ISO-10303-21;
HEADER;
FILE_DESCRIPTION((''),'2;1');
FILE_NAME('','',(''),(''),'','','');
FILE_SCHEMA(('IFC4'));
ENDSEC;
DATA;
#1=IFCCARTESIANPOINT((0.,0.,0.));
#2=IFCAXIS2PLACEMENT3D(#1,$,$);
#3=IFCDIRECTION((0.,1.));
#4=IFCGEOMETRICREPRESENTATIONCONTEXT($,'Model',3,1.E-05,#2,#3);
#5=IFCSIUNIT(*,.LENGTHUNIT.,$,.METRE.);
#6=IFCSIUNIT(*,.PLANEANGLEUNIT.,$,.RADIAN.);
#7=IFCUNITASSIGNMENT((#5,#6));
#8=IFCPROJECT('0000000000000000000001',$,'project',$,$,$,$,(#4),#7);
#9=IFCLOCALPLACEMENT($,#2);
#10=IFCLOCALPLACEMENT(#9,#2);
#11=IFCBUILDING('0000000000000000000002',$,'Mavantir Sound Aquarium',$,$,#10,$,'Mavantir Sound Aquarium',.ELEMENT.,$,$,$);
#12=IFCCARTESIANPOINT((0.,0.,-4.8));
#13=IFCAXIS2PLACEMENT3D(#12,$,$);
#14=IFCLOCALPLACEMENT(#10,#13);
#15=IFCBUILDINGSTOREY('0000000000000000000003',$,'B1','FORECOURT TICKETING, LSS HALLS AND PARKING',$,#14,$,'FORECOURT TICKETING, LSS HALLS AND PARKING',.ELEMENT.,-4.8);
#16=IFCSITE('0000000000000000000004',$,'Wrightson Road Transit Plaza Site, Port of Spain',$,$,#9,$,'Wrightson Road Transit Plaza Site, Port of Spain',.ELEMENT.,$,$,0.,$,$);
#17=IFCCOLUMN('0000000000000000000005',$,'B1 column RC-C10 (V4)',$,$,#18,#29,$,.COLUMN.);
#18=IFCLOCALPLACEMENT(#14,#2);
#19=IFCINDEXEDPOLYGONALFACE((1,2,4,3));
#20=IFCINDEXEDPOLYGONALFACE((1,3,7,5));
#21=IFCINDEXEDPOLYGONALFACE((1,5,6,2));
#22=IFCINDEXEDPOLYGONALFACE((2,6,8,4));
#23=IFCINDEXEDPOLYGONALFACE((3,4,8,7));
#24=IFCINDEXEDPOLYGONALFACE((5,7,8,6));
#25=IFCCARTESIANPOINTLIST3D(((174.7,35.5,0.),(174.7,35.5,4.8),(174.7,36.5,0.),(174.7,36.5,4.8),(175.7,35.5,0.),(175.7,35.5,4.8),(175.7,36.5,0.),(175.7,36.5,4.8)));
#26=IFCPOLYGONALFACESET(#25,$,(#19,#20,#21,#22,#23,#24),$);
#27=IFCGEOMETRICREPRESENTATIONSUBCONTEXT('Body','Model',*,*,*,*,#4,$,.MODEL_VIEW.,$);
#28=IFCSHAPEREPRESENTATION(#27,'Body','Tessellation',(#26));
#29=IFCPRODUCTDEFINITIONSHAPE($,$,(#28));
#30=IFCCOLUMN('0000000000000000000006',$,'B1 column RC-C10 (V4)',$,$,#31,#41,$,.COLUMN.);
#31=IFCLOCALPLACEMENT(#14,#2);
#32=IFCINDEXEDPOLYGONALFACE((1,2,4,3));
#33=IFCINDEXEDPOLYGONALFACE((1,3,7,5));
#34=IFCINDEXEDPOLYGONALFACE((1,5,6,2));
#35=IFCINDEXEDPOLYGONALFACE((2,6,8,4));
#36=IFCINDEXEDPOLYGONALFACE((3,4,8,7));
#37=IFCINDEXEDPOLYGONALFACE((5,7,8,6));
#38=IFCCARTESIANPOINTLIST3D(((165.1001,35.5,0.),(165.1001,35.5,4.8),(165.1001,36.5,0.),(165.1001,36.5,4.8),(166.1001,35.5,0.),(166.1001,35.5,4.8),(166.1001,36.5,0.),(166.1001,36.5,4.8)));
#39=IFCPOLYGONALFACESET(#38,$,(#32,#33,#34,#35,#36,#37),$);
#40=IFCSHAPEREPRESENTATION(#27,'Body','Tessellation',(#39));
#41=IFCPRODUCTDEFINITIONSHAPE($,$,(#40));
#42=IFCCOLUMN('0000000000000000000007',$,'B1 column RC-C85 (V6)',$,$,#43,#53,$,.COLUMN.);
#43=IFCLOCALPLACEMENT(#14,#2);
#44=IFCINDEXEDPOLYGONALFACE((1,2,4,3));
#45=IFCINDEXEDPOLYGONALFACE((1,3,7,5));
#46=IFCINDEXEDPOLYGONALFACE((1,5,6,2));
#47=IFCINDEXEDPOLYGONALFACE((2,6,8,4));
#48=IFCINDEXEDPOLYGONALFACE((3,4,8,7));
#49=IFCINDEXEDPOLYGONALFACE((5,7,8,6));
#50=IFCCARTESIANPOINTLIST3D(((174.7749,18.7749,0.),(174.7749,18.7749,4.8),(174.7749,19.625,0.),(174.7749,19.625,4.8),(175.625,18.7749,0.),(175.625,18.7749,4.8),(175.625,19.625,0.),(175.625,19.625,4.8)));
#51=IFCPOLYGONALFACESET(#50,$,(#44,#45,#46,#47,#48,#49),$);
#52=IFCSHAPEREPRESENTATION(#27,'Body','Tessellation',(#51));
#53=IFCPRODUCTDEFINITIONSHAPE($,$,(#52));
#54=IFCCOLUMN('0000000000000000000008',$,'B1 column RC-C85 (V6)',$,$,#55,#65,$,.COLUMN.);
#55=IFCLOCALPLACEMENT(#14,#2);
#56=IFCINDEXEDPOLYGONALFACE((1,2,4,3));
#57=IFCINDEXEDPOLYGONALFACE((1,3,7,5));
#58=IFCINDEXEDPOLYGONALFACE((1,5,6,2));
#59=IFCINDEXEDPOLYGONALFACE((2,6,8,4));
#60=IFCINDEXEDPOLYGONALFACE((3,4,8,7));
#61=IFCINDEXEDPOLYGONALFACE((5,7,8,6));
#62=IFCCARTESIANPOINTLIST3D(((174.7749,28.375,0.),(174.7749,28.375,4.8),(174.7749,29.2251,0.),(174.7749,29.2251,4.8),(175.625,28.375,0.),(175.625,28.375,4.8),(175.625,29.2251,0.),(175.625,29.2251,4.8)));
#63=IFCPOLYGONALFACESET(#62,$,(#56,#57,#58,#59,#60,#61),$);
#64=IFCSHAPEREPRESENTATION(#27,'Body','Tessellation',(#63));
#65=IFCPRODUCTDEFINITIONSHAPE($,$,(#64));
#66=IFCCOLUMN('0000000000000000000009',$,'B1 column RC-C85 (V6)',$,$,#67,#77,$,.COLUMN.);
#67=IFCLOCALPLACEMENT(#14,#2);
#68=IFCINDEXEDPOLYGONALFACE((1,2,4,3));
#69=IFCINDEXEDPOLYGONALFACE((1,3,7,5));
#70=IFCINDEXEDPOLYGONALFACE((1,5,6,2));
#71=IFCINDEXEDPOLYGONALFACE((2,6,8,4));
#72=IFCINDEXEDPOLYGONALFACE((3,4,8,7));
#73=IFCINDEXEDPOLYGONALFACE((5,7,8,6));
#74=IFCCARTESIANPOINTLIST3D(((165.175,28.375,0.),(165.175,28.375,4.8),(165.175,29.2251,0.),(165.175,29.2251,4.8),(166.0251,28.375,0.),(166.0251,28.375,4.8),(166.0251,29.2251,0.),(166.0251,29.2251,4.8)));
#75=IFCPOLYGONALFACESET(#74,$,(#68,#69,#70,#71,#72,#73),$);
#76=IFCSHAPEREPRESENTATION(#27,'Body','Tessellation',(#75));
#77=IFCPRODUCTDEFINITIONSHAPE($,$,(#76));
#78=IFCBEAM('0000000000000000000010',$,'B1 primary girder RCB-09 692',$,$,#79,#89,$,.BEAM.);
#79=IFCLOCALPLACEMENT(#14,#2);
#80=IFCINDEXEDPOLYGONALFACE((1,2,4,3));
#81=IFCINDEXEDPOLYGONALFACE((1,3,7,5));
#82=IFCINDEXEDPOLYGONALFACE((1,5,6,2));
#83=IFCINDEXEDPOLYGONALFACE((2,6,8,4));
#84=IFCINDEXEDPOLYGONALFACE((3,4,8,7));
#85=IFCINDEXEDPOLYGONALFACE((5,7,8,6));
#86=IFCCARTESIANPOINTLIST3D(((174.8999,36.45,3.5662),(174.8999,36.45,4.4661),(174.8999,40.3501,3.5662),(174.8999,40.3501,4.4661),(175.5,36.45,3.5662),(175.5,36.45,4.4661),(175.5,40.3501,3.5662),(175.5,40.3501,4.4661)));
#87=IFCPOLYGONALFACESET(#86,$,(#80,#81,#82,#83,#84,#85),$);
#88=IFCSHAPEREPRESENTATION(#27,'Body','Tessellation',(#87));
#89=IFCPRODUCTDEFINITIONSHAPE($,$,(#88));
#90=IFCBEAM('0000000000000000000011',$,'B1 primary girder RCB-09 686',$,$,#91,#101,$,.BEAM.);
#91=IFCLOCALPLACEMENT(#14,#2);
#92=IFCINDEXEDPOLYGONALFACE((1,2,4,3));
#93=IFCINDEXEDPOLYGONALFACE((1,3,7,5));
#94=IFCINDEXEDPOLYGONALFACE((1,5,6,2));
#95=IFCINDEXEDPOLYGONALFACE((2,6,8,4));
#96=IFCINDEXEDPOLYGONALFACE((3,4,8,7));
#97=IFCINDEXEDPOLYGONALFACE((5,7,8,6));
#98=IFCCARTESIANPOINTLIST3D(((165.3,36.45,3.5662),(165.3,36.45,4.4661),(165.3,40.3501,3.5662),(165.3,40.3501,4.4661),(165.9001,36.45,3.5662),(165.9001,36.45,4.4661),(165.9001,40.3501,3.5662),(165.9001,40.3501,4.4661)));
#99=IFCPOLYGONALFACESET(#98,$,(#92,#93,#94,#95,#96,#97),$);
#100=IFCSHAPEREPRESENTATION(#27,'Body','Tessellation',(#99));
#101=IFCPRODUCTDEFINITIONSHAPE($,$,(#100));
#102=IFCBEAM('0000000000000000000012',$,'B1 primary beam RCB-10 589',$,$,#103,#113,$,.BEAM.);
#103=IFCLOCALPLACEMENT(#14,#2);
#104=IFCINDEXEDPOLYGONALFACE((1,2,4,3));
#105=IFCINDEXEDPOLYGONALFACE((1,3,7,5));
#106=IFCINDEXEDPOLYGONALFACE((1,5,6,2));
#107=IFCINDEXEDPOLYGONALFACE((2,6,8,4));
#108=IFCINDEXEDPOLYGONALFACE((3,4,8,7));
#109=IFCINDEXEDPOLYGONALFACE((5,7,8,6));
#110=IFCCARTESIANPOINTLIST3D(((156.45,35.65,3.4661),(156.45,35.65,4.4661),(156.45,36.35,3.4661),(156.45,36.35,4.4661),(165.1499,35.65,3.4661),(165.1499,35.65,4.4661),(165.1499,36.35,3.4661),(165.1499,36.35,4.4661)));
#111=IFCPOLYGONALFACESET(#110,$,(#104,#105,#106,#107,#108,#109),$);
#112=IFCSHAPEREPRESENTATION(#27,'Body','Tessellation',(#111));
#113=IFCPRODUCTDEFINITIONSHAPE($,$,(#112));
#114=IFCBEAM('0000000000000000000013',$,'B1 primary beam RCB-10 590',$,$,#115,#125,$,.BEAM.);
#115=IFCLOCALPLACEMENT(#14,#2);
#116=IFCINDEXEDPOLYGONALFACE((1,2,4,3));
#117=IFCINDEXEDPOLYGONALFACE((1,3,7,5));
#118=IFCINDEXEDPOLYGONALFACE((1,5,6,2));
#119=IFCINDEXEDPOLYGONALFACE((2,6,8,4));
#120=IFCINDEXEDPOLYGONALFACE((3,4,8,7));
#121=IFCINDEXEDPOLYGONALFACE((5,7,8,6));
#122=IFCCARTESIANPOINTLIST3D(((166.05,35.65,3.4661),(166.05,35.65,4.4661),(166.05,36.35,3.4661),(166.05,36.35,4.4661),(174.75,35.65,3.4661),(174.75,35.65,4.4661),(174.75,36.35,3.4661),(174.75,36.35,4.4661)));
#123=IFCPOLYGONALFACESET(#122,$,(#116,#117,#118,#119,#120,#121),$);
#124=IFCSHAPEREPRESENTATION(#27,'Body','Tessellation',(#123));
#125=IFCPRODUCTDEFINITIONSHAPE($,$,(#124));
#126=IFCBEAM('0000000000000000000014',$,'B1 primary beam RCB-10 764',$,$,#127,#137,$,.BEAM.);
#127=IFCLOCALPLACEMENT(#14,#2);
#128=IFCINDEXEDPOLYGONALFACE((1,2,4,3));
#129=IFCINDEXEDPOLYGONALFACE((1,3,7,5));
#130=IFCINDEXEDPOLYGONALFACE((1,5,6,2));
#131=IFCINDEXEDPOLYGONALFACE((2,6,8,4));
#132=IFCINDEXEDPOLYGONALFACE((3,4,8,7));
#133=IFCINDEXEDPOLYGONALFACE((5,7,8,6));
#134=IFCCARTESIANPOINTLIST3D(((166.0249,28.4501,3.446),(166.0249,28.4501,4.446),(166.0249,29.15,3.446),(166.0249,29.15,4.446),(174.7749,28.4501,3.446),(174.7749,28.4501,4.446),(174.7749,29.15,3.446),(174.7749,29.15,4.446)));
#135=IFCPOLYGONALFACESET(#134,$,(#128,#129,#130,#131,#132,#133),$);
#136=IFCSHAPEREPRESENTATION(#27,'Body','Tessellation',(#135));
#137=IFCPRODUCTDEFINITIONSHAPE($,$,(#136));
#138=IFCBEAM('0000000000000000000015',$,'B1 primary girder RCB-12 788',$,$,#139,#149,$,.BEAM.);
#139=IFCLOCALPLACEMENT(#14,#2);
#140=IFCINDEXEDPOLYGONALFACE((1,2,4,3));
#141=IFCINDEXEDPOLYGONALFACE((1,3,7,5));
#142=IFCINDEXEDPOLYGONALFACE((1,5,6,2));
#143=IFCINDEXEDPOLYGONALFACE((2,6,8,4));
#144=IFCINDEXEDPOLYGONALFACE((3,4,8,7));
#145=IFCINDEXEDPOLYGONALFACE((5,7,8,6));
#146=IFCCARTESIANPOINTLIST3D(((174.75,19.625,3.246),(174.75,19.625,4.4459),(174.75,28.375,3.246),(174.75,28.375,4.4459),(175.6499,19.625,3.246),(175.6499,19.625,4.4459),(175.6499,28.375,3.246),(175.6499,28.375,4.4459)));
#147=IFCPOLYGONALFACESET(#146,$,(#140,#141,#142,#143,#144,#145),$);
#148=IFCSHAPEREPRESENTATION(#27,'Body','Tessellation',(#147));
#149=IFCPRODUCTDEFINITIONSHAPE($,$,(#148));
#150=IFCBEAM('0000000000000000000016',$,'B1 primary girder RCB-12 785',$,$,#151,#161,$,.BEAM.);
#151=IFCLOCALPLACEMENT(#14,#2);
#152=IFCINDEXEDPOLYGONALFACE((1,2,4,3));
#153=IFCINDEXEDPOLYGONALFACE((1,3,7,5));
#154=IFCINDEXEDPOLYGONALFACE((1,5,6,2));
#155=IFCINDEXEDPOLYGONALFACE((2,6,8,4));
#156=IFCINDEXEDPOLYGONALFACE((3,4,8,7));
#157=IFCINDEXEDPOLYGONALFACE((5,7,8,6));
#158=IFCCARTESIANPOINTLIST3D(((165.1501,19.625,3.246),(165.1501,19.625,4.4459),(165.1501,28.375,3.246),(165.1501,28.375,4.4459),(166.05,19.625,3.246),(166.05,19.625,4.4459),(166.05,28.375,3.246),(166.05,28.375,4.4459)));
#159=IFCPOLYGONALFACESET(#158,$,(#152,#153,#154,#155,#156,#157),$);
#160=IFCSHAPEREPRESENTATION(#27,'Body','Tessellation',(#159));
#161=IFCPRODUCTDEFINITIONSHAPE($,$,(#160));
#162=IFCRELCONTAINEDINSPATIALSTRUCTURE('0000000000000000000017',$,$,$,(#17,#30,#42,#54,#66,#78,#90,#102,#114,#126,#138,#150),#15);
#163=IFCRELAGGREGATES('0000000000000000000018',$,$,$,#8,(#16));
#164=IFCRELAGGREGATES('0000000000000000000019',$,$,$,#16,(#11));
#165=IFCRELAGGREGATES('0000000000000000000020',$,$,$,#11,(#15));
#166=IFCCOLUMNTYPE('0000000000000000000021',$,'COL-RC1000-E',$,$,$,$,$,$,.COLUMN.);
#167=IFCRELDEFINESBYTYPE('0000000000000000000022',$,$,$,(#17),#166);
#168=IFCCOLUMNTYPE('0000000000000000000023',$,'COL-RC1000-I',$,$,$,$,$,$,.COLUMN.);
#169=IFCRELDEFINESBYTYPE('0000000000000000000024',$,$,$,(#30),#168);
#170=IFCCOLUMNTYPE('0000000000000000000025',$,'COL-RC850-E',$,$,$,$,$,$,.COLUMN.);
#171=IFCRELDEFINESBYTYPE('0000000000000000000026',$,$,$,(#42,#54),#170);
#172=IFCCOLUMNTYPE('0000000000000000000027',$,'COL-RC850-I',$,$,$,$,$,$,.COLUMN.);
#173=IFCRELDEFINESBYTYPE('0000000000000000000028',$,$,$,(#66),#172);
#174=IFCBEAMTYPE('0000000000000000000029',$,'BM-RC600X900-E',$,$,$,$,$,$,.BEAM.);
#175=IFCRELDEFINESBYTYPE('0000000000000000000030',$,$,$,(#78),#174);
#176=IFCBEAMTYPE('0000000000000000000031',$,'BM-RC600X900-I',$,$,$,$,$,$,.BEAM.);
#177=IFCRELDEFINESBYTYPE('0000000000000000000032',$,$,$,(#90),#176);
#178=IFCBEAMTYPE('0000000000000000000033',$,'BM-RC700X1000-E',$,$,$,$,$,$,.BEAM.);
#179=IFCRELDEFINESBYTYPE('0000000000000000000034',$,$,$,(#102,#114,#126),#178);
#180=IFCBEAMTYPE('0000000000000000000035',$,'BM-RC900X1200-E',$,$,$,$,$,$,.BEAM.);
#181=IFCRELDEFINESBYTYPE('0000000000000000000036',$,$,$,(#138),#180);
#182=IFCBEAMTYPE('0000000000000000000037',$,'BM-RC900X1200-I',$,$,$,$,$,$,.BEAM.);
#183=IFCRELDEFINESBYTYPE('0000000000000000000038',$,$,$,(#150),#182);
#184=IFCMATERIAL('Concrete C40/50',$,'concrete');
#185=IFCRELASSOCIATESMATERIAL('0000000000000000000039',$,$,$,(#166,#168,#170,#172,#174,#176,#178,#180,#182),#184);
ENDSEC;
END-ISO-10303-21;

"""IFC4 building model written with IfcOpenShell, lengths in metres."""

from ifc_helpers import new_model, si_unit, direction, frame, origin, origin_2d, place, context, subcontext, project, spatial, rectangle, extrude, material, material_profile, profile_set, type_object, element, save


model = new_model("IFC4")

# Units and contexts
model_context = context("Model", 3, precision=1e-05, world=origin(), true_north=direction((0.0, 1.0)))
body_context = subcontext(model_context, "Body", "Model", "MODEL_VIEW")
ifc_project = project(units=[si_unit("LENGTHUNIT", "METRE"), si_unit("PLANEANGLEUNIT", "RADIAN")], contexts=[model_context])

# Site, building, storey
site_placement = place(None, origin())
site = spatial("IfcSite", under=ifc_project, at=site_placement, Name="Wrightson Road Transit Plaza Site, Port of Spain", LongName="Wrightson Road Transit Plaza Site, Port of Spain", CompositionType="ELEMENT", RefElevation=0.0)
building_placement = place(site_placement, origin())
building = spatial("IfcBuilding", under=site, at=building_placement, Name="Mavantir Sound Aquarium", LongName="Mavantir Sound Aquarium", CompositionType="ELEMENT")
storey_placement = place(building_placement, frame((0.0, 0.0, -4.8)))
storey = spatial("IfcBuildingStorey", under=building, at=storey_placement, Name="B1", Description="FORECOURT TICKETING, LSS HALLS AND PARKING", LongName="FORECOURT TICKETING, LSS HALLS AND PARKING", CompositionType="ELEMENT", Elevation=-4.8)

# Columns
ifc_material_1 = material(Name="Concrete C40/50", Category="concrete")
ifc_material_profile_1 = material_profile(ifc_material_1, rectangle(XDim=1.0, YDim=1.0, at=origin_2d()), Name="RC 1000X1000")
ifc_profile_set_1 = profile_set([ifc_material_profile_1], Name="Concrete C40/50")
column_type_1 = type_object("IfcColumnType", Name="COL-RC1000-E", PredefinedType="COLUMN", material=ifc_profile_set_1)
column_1_placement = place(storey_placement, frame((175.2, 36.0, 0.0), z_axis=(0.0, 0.0, 1.0), x_axis=(1.0, 0.0, 0.0)))
element("IfcColumn", 1, at=column_1_placement, inside=storey, type_object=column_type_1, Name="B1 column RC-C10 (V4)", PredefinedType="COLUMN", context=body_context, shape_type="SweptSolid", body=[
    extrude(rectangle(XDim=1.0, YDim=1.0, at=origin_2d()), origin(), (0.0, 0.0, 1.0), 4.8),
])
ifc_material_profile_2 = material_profile(ifc_material_1, rectangle(XDim=1.0, YDim=1.0, at=origin_2d()), Name="RC 1000X1000")
ifc_profile_set_2 = profile_set([ifc_material_profile_2], Name="Concrete C40/50")
column_type_2 = type_object("IfcColumnType", Name="COL-RC1000-I", PredefinedType="COLUMN", material=ifc_profile_set_2)
column_2_placement = place(storey_placement, frame((165.6001, 36.0, 0.0), z_axis=(0.0, 0.0, 1.0), x_axis=(1.0, 0.0, 0.0)))
element("IfcColumn", 2, at=column_2_placement, inside=storey, type_object=column_type_2, Name="B1 column RC-C10 (V4)", PredefinedType="COLUMN", context=body_context, shape_type="SweptSolid", body=[
    extrude(rectangle(XDim=1.0, YDim=1.0, at=origin_2d()), origin(), (0.0, 0.0, 1.0), 4.8),
])
ifc_material_profile_3 = material_profile(ifc_material_1, rectangle(XDim=0.8501, YDim=0.8501, at=origin_2d()), Name="RC 850X850")
ifc_profile_set_3 = profile_set([ifc_material_profile_3], Name="Concrete C40/50")
column_type_3 = type_object("IfcColumnType", Name="COL-RC850-E", PredefinedType="COLUMN", material=ifc_profile_set_3)
for number, where, z_axis, x_axis, name in (
    (3, (175.2, 19.2, 0.0), (0.0, 0.0, 1.0), (1.0, 0.0, 0.0), "B1 column RC-C85 (V6)"),
    (4, (175.2, 28.8, 0.0), (0.0, 0.0, 1.0), (1.0, 0.0, 0.0), "B1 column RC-C85 (V6)"),
):
    element("IfcColumn", number, at=place(storey_placement, frame(where, z_axis=z_axis, x_axis=x_axis)), inside=storey, type_object=column_type_3, Name=name, PredefinedType="COLUMN", context=body_context, shape_type="SweptSolid", body=[
        extrude(rectangle(XDim=0.8501, YDim=0.8501, at=origin_2d()), origin(), (0.0, 0.0, 1.0), 4.8),
    ])
ifc_material_profile_4 = material_profile(ifc_material_1, rectangle(XDim=0.8501, YDim=0.8501, at=origin_2d()), Name="RC 850X850")
ifc_profile_set_4 = profile_set([ifc_material_profile_4], Name="Concrete C40/50")
column_type_4 = type_object("IfcColumnType", Name="COL-RC850-I", PredefinedType="COLUMN", material=ifc_profile_set_4)
column_3_placement = place(storey_placement, frame((165.6001, 28.8, 0.0), z_axis=(0.0, 0.0, 1.0), x_axis=(1.0, 0.0, 0.0)))
element("IfcColumn", 5, at=column_3_placement, inside=storey, type_object=column_type_4, Name="B1 column RC-C85 (V6)", PredefinedType="COLUMN", context=body_context, shape_type="SweptSolid", body=[
    extrude(rectangle(XDim=0.8501, YDim=0.8501, at=origin_2d()), origin(), (0.0, 0.0, 1.0), 4.8),
])

# Beams
ifc_material_profile_5 = material_profile(ifc_material_1, rectangle(XDim=0.6001, YDim=0.8999, at=origin_2d()), Name="RC 600X900")
ifc_profile_set_5 = profile_set([ifc_material_profile_5], Name="Concrete C40/50")
beam_type_1 = type_object("IfcBeamType", Name="BM-RC600X900-E", PredefinedType="BEAM", material=ifc_profile_set_5)
beam_1_placement = place(storey_placement, frame((175.2, 36.45, 4.0161), z_axis=(0.0, 1.0, 0.0), x_axis=(-1.0, 0.0, 0.0)))
element("IfcBeam", 6, at=beam_1_placement, inside=storey, type_object=beam_type_1, Name="B1 primary girder RCB-09 692", PredefinedType="BEAM", context=body_context, shape_type="SweptSolid", body=[
    extrude(rectangle(XDim=0.6001, YDim=0.8999, at=origin_2d()), origin(), (0.0, 0.0, 1.0), 3.9001),
])
ifc_material_profile_6 = material_profile(ifc_material_1, rectangle(XDim=0.6001, YDim=0.8999, at=origin_2d()), Name="RC 600X900")
ifc_profile_set_6 = profile_set([ifc_material_profile_6], Name="Concrete C40/50")
beam_type_2 = type_object("IfcBeamType", Name="BM-RC600X900-I", PredefinedType="BEAM", material=ifc_profile_set_6)
beam_2_placement = place(storey_placement, frame((165.6001, 36.45, 4.0161), z_axis=(0.0, 1.0, 0.0), x_axis=(-1.0, 0.0, 0.0)))
element("IfcBeam", 7, at=beam_2_placement, inside=storey, type_object=beam_type_2, Name="B1 primary girder RCB-09 686", PredefinedType="BEAM", context=body_context, shape_type="SweptSolid", body=[
    extrude(rectangle(XDim=0.6001, YDim=0.8999, at=origin_2d()), origin(), (0.0, 0.0, 1.0), 3.9001),
])
ifc_material_profile_7 = material_profile(ifc_material_1, rectangle(XDim=0.7, YDim=1.0, at=origin_2d()), Name="RC 700X1000")
ifc_profile_set_7 = profile_set([ifc_material_profile_7], Name="Concrete C40/50")
beam_type_3 = type_object("IfcBeamType", Name="BM-RC700X1000-E", PredefinedType="BEAM", material=ifc_profile_set_7)
for number, where, z_axis, x_axis, name in (
    (8, (156.45, 36.0, 3.9661), (1.0, 0.0, 0.0), (0.0, 1.0, 0.0), "B1 primary beam RCB-10 589"),
    (9, (166.05, 36.0, 3.9661), (1.0, 0.0, 0.0), (0.0, 1.0, 0.0), "B1 primary beam RCB-10 590"),
):
    element("IfcBeam", number, at=place(storey_placement, frame(where, z_axis=z_axis, x_axis=x_axis)), inside=storey, type_object=beam_type_3, Name=name, PredefinedType="BEAM", context=body_context, shape_type="SweptSolid", body=[
        extrude(rectangle(XDim=0.7, YDim=1.0, at=origin_2d()), origin(), (0.0, 0.0, 1.0), 8.7),
    ])
beam_3_placement = place(storey_placement, frame((166.0249, 28.8, 3.946), z_axis=(1.0, 0.0, 0.0), x_axis=(0.0, 1.0, 0.0)))
element("IfcBeam", 10, at=beam_3_placement, inside=storey, type_object=beam_type_3, Name="B1 primary beam RCB-10 764", PredefinedType="BEAM", context=body_context, shape_type="SweptSolid", body=[
    extrude(rectangle(XDim=0.7, YDim=1.0, at=origin_2d()), origin(), (0.0, 0.0, 1.0), 8.75),
])
ifc_material_profile_8 = material_profile(ifc_material_1, rectangle(XDim=0.8999, YDim=1.2, at=origin_2d()), Name="RC 900X1200")
ifc_profile_set_8 = profile_set([ifc_material_profile_8], Name="Concrete C40/50")
beam_type_4 = type_object("IfcBeamType", Name="BM-RC900X1200-E", PredefinedType="BEAM", material=ifc_profile_set_8)
beam_4_placement = place(storey_placement, frame((175.2, 19.625, 3.8459), z_axis=(0.0, 1.0, 0.0), x_axis=(-1.0, 0.0, 0.0)))
element("IfcBeam", 11, at=beam_4_placement, inside=storey, type_object=beam_type_4, Name="B1 primary girder RCB-12 788", PredefinedType="BEAM", context=body_context, shape_type="SweptSolid", body=[
    extrude(rectangle(XDim=0.8999, YDim=1.2, at=origin_2d()), origin(), (0.0, 0.0, 1.0), 8.75),
])
ifc_material_profile_9 = material_profile(ifc_material_1, rectangle(XDim=0.8999, YDim=1.2, at=origin_2d()), Name="RC 900X1200")
ifc_profile_set_9 = profile_set([ifc_material_profile_9], Name="Concrete C40/50")
beam_type_5 = type_object("IfcBeamType", Name="BM-RC900X1200-I", PredefinedType="BEAM", material=ifc_profile_set_9)
beam_5_placement = place(storey_placement, frame((165.6001, 19.625, 3.8459), z_axis=(0.0, 1.0, 0.0), x_axis=(-1.0, 0.0, 0.0)))
element("IfcBeam", 12, at=beam_5_placement, inside=storey, type_object=beam_type_5, Name="B1 primary girder RCB-12 785", PredefinedType="BEAM", context=body_context, shape_type="SweptSolid", body=[
    extrude(rectangle(XDim=0.8999, YDim=1.2, at=origin_2d()), origin(), (0.0, 0.0, 1.0), 8.75),
])

save(model, "model.ifc")
